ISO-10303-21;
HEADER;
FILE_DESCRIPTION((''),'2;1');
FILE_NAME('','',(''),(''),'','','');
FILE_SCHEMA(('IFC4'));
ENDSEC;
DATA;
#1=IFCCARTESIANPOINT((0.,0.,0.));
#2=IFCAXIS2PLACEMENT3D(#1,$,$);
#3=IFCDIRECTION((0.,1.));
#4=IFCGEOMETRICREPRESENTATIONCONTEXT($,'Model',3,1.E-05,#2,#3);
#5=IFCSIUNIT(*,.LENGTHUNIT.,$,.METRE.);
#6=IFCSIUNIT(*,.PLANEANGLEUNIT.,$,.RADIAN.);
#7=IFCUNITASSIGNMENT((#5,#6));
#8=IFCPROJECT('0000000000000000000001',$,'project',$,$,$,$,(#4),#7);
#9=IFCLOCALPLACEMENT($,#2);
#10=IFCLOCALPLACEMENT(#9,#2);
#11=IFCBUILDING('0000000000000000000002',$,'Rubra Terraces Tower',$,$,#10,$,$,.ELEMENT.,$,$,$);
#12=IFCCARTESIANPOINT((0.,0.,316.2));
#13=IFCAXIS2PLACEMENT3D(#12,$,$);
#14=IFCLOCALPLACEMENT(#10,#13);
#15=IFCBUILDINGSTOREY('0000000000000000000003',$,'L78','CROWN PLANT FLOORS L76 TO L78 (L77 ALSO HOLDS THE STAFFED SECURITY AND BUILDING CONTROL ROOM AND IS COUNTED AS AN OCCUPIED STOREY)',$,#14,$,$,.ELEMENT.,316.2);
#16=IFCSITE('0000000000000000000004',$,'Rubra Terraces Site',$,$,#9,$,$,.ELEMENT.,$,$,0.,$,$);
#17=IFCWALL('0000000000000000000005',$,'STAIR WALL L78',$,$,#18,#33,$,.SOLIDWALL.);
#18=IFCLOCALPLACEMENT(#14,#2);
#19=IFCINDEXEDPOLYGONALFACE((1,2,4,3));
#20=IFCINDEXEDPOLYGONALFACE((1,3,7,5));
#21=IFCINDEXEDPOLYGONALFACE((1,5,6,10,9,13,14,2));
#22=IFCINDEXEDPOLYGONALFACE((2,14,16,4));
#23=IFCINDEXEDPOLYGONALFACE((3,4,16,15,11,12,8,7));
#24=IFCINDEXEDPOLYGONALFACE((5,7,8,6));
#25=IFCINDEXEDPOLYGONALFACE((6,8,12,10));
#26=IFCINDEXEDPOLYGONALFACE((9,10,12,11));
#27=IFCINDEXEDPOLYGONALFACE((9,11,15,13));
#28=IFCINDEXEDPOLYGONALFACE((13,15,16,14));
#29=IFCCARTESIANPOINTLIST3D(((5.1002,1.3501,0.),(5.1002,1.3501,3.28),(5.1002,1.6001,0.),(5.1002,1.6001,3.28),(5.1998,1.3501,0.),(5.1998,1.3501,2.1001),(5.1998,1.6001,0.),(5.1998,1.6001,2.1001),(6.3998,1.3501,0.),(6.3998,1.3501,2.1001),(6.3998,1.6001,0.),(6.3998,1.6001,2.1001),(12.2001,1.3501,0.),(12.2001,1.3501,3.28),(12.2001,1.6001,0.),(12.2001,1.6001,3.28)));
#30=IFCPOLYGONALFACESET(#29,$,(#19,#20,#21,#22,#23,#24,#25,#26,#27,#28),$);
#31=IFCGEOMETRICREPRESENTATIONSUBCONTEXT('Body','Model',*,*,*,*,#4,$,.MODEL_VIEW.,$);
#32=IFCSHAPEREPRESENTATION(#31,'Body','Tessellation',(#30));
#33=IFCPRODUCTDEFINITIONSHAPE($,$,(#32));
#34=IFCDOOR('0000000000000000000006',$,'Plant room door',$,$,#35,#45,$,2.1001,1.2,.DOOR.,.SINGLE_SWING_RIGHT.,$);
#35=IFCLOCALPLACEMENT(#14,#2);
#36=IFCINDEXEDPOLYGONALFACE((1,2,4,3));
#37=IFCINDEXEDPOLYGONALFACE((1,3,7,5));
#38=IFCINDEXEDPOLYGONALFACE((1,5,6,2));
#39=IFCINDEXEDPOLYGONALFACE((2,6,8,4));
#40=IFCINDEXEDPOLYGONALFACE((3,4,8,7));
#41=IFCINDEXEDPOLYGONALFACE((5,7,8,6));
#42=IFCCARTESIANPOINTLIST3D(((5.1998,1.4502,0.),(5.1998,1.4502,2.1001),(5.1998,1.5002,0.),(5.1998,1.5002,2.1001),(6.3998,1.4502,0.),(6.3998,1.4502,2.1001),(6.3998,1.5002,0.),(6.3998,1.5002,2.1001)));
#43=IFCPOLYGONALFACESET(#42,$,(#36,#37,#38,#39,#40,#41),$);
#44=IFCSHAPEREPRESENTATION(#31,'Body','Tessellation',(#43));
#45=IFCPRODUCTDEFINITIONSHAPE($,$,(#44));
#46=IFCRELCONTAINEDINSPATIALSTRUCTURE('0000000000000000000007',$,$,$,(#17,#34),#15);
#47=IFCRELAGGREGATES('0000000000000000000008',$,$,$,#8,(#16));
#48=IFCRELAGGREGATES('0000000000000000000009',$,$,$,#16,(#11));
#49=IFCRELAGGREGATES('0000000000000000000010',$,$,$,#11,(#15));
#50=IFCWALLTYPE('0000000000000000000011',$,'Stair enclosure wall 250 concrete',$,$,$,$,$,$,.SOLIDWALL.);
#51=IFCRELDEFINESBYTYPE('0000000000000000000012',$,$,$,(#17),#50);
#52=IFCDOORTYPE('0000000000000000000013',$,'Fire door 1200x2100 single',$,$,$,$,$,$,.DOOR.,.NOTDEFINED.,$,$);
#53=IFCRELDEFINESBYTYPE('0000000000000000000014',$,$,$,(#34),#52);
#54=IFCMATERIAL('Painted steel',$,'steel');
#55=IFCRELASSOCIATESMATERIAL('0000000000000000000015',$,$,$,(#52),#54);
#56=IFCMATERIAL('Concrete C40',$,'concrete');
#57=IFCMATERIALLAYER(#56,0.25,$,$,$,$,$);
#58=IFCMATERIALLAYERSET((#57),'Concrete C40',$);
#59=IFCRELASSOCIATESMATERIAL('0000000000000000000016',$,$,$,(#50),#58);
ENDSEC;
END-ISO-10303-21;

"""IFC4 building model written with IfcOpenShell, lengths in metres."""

from ifc_helpers import new_model, si_unit, direction, frame, frame_2d, origin, place, context, subcontext, project, spatial, rectangle, extrude, material, layer, layer_set, type_object, element, fill, save


model = new_model("IFC4")

# Units and contexts
model_context = context("Model", 3, precision=1e-05, world=origin(), true_north=direction((0.0, 1.0)))
body_context = subcontext(model_context, "Body", "Model", "MODEL_VIEW")
ifc_project = project(units=[si_unit("LENGTHUNIT", "METRE"), si_unit("PLANEANGLEUNIT", "RADIAN")], contexts=[model_context])

# Site, building, storey
site_placement = place(None, origin())
site = spatial("IfcSite", under=ifc_project, at=site_placement, Name="Rubra Terraces Site", CompositionType="ELEMENT", RefElevation=0.0)
building_placement = place(site_placement, origin())
building = spatial("IfcBuilding", under=site, at=building_placement, Name="Rubra Terraces Tower", CompositionType="ELEMENT")
storey_placement = place(building_placement, frame((0.0, 0.0, 316.2)))
storey = spatial("IfcBuildingStorey", under=building, at=storey_placement, Name="L78", Description="CROWN PLANT FLOORS L76 TO L78 (L77 ALSO HOLDS THE STAFFED SECURITY AND BUILDING CONTROL ROOM AND IS COUNTED AS AN OCCUPIED STOREY)", CompositionType="ELEMENT", Elevation=316.2)

# Shared definitions
ifc_material_1 = material(Name="Concrete C40", Category="concrete")

# Shared definitions
ifc_material_2 = material(Name="Painted steel", Category="steel")
door_type_1 = type_object("IfcDoorType", Name="Fire door 1200x2100 single", OperationType="NOTDEFINED", PredefinedType="DOOR", material=ifc_material_2)

# Wall, opening, door
ifc_layer_1 = layer(ifc_material_1, 0.25)
ifc_layer_set_1 = layer_set([ifc_layer_1], Name="Concrete C40")
wall_type_1 = type_object("IfcWallType", Name="Stair enclosure wall 250 concrete", PredefinedType="SOLIDWALL", material=ifc_layer_set_1)
wall_1_placement = place(storey_placement, frame((12.2, 1.4751, 0.0), z_axis=(0.0, 0.0, 1.0), x_axis=(-1.0, 0.0, 0.0)))
wall_1 = element("IfcWall", 1, at=wall_1_placement, inside=storey, type_object=wall_type_1, Name="STAIR WALL L78", PredefinedType="SOLIDWALL", context=body_context, shape_type="SweptSolid", body=[
    extrude(rectangle(XDim=7.0999, YDim=0.25, at=frame_2d((3.5498, 0.0))), origin(), (0.0, 0.0, 1.0), 3.28),
])
opening_1_placement = place(wall_1_placement, frame((5.8, 0.0, 0.0)))
opening_1 = element("IfcOpeningElement", 2, at=opening_1_placement, cuts=wall_1, PredefinedType="OPENING", context=body_context, shape_type="SweptSolid", body=[
    extrude(rectangle(XDim=1.2, YDim=2.1001, at=frame_2d((0.6001, 1.05))), frame((0.0, 0.135, 0.0), z_axis=(0.0, -1.0, 0.0), x_axis=(1.0, 0.0, 0.0)), (0.0, 0.0, 1.0), 0.27),
])
door_1_placement = place(opening_1_placement, origin())
door_1 = element("IfcDoor", 3, at=door_1_placement, inside=storey, type_object=door_type_1, Name="Plant room door", OperationType="SINGLE_SWING_RIGHT", OverallHeight=2.1001, OverallWidth=1.2, PredefinedType="DOOR", context=body_context, shape_type="SweptSolid", body=[
    extrude(rectangle(XDim=1.2, YDim=2.1001, at=frame_2d((0.6001, 1.05))), frame((0.0, 0.0249, 0.0), z_axis=(0.0, -1.0, 0.0), x_axis=(1.0, 0.0, 0.0)), (0.0, 0.0, 1.0), 0.05),
])
fill(opening_1, door_1)

save(model, "model.ifc")
